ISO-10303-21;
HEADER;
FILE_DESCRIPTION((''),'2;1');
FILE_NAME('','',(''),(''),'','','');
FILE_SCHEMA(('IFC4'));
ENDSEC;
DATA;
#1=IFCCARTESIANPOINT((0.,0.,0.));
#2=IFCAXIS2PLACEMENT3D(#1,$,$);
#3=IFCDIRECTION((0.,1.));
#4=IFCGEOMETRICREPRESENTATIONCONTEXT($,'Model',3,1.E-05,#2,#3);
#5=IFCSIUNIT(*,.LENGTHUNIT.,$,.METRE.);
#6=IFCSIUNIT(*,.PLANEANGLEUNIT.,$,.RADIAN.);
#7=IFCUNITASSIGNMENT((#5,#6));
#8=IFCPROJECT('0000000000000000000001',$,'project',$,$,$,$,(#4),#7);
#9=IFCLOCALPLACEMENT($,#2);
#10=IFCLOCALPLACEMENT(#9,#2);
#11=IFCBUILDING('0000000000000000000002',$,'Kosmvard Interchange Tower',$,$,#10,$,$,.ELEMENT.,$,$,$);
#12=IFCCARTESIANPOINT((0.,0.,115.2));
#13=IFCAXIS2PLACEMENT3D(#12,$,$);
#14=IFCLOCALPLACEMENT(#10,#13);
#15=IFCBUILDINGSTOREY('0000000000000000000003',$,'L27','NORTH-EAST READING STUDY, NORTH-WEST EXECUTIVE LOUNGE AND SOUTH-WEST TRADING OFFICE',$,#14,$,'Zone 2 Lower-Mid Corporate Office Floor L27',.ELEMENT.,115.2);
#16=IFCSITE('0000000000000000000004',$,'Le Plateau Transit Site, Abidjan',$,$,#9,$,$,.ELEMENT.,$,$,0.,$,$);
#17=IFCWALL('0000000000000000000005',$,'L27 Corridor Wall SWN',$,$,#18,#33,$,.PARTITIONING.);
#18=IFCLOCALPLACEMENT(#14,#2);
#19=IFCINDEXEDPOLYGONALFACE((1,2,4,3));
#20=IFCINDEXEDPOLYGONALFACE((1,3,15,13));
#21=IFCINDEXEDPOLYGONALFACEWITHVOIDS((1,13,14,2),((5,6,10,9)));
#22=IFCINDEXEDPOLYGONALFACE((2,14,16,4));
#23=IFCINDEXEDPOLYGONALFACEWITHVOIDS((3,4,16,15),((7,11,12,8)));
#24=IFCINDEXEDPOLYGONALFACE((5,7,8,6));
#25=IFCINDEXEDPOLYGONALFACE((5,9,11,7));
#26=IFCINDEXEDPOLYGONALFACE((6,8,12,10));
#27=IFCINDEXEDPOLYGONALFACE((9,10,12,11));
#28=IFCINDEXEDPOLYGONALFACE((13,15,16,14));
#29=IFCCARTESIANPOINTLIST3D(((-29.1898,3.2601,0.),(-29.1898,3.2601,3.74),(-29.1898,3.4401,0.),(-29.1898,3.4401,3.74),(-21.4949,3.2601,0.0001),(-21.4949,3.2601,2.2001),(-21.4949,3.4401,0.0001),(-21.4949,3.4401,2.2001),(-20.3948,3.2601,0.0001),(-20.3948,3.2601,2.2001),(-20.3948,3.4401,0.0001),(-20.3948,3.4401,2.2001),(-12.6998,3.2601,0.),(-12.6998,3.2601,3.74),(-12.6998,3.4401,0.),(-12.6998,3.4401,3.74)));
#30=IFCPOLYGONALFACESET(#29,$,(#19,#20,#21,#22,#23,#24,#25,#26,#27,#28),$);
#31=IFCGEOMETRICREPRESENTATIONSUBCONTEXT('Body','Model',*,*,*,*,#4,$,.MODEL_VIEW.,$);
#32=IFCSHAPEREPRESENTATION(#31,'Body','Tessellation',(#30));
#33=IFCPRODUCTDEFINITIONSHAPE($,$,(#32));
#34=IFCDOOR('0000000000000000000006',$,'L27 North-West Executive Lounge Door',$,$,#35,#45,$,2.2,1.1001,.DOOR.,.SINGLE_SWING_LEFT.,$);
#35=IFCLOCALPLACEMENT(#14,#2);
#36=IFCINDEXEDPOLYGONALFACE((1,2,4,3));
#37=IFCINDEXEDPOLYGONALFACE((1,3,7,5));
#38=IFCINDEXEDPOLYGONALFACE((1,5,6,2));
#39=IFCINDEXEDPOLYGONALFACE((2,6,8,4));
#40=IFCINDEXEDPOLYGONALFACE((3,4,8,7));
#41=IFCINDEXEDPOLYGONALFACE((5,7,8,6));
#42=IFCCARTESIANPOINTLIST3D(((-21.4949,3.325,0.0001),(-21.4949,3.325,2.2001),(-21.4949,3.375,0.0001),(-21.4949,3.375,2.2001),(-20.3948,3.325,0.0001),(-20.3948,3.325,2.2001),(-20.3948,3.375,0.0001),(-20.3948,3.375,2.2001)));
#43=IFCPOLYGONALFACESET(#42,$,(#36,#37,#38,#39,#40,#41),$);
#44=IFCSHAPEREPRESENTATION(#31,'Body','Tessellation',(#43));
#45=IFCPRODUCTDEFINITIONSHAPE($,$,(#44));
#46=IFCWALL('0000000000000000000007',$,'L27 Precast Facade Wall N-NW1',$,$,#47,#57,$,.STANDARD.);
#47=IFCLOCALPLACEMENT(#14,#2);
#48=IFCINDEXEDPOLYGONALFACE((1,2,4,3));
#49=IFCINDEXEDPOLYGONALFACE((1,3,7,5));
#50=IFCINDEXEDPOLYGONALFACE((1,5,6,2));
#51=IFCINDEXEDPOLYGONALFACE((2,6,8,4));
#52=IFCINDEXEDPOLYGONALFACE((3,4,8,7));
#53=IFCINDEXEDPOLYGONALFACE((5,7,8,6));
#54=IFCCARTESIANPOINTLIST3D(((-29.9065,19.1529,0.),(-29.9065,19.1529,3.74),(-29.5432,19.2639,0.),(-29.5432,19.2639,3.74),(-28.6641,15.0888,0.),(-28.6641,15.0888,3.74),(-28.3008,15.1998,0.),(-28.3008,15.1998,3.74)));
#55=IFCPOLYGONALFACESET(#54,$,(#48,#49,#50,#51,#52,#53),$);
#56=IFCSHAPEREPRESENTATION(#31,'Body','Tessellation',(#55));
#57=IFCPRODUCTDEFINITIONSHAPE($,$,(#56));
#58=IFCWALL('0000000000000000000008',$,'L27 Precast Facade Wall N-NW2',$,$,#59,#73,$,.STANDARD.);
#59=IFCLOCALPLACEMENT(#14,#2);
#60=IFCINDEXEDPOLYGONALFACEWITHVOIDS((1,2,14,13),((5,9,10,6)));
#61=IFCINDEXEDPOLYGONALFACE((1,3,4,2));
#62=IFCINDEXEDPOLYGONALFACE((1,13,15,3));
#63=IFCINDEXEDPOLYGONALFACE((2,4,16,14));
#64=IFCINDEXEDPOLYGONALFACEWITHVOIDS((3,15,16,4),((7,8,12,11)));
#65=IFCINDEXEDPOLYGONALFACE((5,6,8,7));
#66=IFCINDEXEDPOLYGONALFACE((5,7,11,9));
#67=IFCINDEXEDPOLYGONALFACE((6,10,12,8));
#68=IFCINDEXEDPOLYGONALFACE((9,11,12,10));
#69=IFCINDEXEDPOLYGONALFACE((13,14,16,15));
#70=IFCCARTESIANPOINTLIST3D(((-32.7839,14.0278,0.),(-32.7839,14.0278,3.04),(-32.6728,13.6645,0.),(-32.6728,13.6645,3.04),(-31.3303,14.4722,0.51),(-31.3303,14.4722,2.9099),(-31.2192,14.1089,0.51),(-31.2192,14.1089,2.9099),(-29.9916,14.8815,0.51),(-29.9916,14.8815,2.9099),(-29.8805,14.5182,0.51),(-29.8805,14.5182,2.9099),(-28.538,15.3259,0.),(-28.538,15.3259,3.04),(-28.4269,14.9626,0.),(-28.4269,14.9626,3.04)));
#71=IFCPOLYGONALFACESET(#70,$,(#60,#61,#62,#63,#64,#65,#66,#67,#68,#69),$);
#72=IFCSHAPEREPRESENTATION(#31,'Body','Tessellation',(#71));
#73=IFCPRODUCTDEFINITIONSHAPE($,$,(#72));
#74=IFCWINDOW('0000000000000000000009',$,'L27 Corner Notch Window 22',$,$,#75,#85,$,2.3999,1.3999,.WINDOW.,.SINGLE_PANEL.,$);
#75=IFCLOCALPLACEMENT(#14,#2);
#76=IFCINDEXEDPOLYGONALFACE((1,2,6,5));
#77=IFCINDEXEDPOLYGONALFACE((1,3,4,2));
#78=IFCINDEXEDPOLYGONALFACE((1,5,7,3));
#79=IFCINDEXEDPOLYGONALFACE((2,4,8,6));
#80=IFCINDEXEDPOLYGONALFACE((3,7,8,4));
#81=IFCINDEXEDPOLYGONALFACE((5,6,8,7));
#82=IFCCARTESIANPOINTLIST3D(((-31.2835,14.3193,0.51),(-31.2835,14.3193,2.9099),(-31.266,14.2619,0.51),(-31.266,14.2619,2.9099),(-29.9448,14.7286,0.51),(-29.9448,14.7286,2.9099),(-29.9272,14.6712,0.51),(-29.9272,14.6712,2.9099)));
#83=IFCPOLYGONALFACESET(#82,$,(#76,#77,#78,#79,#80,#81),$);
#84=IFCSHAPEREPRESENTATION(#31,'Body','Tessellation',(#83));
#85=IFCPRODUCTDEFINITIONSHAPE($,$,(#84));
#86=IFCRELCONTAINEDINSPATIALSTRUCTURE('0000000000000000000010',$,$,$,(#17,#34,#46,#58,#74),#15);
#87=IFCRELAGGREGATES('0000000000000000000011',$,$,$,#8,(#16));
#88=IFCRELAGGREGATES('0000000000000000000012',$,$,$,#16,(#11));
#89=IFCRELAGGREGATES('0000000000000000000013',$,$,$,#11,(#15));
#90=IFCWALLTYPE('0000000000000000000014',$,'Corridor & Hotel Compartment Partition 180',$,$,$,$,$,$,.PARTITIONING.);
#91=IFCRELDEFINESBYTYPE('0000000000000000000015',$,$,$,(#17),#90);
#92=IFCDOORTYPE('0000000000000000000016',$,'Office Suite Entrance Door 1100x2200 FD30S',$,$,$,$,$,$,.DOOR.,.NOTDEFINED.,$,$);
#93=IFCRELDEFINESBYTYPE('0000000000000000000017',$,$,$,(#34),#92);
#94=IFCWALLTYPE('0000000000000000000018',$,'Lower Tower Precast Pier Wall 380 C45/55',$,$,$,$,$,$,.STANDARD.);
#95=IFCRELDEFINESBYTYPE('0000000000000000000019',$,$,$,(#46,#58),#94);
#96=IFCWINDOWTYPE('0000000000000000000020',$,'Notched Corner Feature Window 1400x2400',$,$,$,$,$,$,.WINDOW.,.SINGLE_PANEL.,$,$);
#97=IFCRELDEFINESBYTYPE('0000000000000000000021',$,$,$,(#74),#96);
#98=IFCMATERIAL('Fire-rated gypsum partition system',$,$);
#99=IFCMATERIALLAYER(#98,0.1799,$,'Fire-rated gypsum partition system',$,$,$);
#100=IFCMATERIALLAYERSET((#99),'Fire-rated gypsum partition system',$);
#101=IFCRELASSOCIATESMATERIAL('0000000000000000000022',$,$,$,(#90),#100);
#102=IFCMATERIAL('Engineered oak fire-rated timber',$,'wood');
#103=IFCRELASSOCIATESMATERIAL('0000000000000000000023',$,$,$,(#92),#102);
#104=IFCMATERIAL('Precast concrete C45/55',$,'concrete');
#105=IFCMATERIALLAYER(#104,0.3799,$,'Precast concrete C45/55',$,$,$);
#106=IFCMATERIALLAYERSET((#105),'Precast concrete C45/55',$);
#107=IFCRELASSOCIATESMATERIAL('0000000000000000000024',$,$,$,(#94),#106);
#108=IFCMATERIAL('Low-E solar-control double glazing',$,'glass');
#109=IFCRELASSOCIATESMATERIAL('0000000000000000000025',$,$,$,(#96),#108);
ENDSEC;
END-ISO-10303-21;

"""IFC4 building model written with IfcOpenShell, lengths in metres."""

from ifc_helpers import new_model, si_unit, direction, frame, frame_2d, origin, place, context, subcontext, project, spatial, rectangle, extrude, source, transform, mapped, material, layer, layer_set, type_object, element, fill, save


model = new_model("IFC4")

# Units and contexts
model_context = context("Model", 3, precision=1e-05, world=origin(), true_north=direction((0.0, 1.0)))
body_context = subcontext(model_context, "Body", "Model", "MODEL_VIEW")
ifc_project = project(units=[si_unit("LENGTHUNIT", "METRE"), si_unit("PLANEANGLEUNIT", "RADIAN")], contexts=[model_context])

# Site, building, storey
site_placement = place(None, origin())
site = spatial("IfcSite", under=ifc_project, at=site_placement, Name="Le Plateau Transit Site, Abidjan", CompositionType="ELEMENT", RefElevation=0.0)
building_placement = place(site_placement, origin())
building = spatial("IfcBuilding", under=site, at=building_placement, Name="Kosmvard Interchange Tower", CompositionType="ELEMENT")
storey_placement = place(building_placement, frame((0.0, 0.0, 115.2)))
storey = spatial("IfcBuildingStorey", under=building, at=storey_placement, Name="L27", Description="NORTH-EAST READING STUDY, NORTH-WEST EXECUTIVE LOUNGE AND SOUTH-WEST TRADING OFFICE", LongName="Zone 2 Lower-Mid Corporate Office Floor L27", CompositionType="ELEMENT", Elevation=115.2)

# Shared definitions
ifc_material_1 = material(Name="Precast concrete C45/55", Category="concrete")

# Wall, opening, door
ifc_material_2 = material(Name="Fire-rated gypsum partition system")
ifc_layer_1 = layer(ifc_material_2, 0.1799, Name="Fire-rated gypsum partition system")
ifc_layer_set_1 = layer_set([ifc_layer_1], Name="Fire-rated gypsum partition system")
wall_type_1 = type_object("IfcWallType", Name="Corridor & Hotel Compartment Partition 180", PredefinedType="PARTITIONING", material=ifc_layer_set_1)
wall_1_placement = place(storey_placement, frame((-29.1899, 3.3501, 0.0), z_axis=(0.0, 0.0, 1.0), x_axis=(1.0, 0.0, 0.0)))
wall_1 = element("IfcWall", 1, at=wall_1_placement, inside=storey, type_object=wall_type_1, Name="L27 Corridor Wall SWN", PredefinedType="PARTITIONING", context=body_context, shape_type="SweptSolid", body=[
    extrude(rectangle(XDim=16.49, YDim=0.1799, at=frame_2d((8.2451, 0.0))), origin(), (0.0, 0.0, 1.0), 3.74),
])
opening_1_placement = place(wall_1_placement, frame((7.6951, 0.0, 0.0)))
opening_1 = element("IfcOpeningElement", 2, at=opening_1_placement, cuts=wall_1, PredefinedType="OPENING", context=body_context, shape_type="SweptSolid", body=[
    extrude(rectangle(XDim=1.1001, YDim=2.2, at=frame_2d((0.55, 1.1001))), frame((0.0, 0.1001, 0.0), z_axis=(0.0, -1.0, 0.0), x_axis=(1.0, 0.0, 0.0)), (0.0, 0.0, 1.0), 0.2),
])
ifc_material_3 = material(Name="Engineered oak fire-rated timber", Category="wood")
door_type = type_object("IfcDoorType", Name="Office Suite Entrance Door 1100x2200 FD30S", OperationType="NOTDEFINED", PredefinedType="DOOR", material=ifc_material_3)
shared_shape_1 = source(origin(), body_context, "Body", "SweptSolid", [
    extrude(rectangle(XDim=1.1001, YDim=2.2, at=frame_2d((0.55, 1.1001))), frame((0.0, 0.0249, 0.0), z_axis=(0.0, -1.0, 0.0), x_axis=(1.0, 0.0, 0.0)), (0.0, 0.0, 1.0), 0.05),
])
door_placement = place(opening_1_placement, origin())
door = element("IfcDoor", 3, at=door_placement, inside=storey, type_object=door_type, Name="L27 North-West Executive Lounge Door", OperationType="SINGLE_SWING_LEFT", OverallHeight=2.2, OverallWidth=1.1001, PredefinedType="DOOR", context=body_context, shape_type="MappedRepresentation", body=[
    mapped(shared_shape_1, transform((0.0, 0.0, 0.0), scale=1.0)),
])
fill(opening_1, door)

# Wall
ifc_layer_2 = layer(ifc_material_1, 0.3799, Name="Precast concrete C45/55")
ifc_layer_set_2 = layer_set([ifc_layer_2], Name="Precast concrete C45/55")
wall_type_2 = type_object("IfcWallType", Name="Lower Tower Precast Pier Wall 380 C45/55", PredefinedType="STANDARD", material=ifc_layer_set_2)
wall_2_placement = place(storey_placement, frame((-29.7249, 19.2085, 0.0), z_axis=(0.0, 0.0, 1.0), x_axis=(0.292346, -0.956313, 0.0)))
element("IfcWall", 4, at=wall_2_placement, inside=storey, type_object=wall_type_2, Name="L27 Precast Facade Wall N-NW1", PredefinedType="STANDARD", context=body_context, shape_type="SweptSolid", body=[
    extrude(rectangle(XDim=4.2498, YDim=0.3799, at=frame_2d((2.125, 0.0))), origin(), (0.0, 0.0, 1.0), 3.74),
])

# Wall, opening, window
wall_3_placement = place(storey_placement, frame((-28.4824, 15.1443, 0.0), z_axis=(0.0, 0.0, 1.0), x_axis=(-0.956304, -0.292374, 0.0)))
wall_3 = element("IfcWall", 5, at=wall_3_placement, inside=storey, type_object=wall_type_2, Name="L27 Precast Facade Wall N-NW2", PredefinedType="STANDARD", context=body_context, shape_type="SweptSolid", body=[
    extrude(rectangle(XDim=4.4399, YDim=0.3799, at=frame_2d((2.22, 0.0))), origin(), (0.0, 0.0, 1.0), 3.04),
])
opening_2_placement = place(wall_3_placement, frame((1.52, 0.0, 0.51)))
opening_2 = element("IfcOpeningElement", 6, at=opening_2_placement, cuts=wall_3, PredefinedType="OPENING", context=body_context, shape_type="SweptSolid", body=[
    extrude(rectangle(XDim=1.3999, YDim=2.3999, at=frame_2d((0.7, 1.2))), frame((0.0, 0.2, 0.0), z_axis=(0.0, -1.0, 0.0), x_axis=(1.0, 0.0, 0.0)), (0.0, 0.0, 1.0), 0.3999),
])
ifc_material_4 = material(Name="Low-E solar-control double glazing", Category="glass")
window_type_1 = type_object("IfcWindowType", Name="Notched Corner Feature Window 1400x2400", PartitioningType="SINGLE_PANEL", PredefinedType="WINDOW", material=ifc_material_4)
shared_shape_2 = source(origin(), body_context, "Body", "SweptSolid", [
    extrude(rectangle(XDim=1.3999, YDim=2.3999, at=frame_2d((0.7, 1.2))), frame((0.0, 0.03, 0.0), z_axis=(0.0, -1.0, 0.0), x_axis=(1.0, 0.0, 0.0)), (0.0, 0.0, 1.0), 0.0601),
])
window_1_placement = place(opening_2_placement, origin())
window_1 = element("IfcWindow", 7, at=window_1_placement, inside=storey, type_object=window_type_1, Name="L27 Corner Notch Window 22", OverallHeight=2.3999, OverallWidth=1.3999, PartitioningType="SINGLE_PANEL", PredefinedType="WINDOW", context=body_context, shape_type="MappedRepresentation", body=[
    mapped(shared_shape_2, transform((0.0, 0.0, 0.0), scale=1.0)),
])
fill(opening_2, window_1)

save(model, "model.ifc")
